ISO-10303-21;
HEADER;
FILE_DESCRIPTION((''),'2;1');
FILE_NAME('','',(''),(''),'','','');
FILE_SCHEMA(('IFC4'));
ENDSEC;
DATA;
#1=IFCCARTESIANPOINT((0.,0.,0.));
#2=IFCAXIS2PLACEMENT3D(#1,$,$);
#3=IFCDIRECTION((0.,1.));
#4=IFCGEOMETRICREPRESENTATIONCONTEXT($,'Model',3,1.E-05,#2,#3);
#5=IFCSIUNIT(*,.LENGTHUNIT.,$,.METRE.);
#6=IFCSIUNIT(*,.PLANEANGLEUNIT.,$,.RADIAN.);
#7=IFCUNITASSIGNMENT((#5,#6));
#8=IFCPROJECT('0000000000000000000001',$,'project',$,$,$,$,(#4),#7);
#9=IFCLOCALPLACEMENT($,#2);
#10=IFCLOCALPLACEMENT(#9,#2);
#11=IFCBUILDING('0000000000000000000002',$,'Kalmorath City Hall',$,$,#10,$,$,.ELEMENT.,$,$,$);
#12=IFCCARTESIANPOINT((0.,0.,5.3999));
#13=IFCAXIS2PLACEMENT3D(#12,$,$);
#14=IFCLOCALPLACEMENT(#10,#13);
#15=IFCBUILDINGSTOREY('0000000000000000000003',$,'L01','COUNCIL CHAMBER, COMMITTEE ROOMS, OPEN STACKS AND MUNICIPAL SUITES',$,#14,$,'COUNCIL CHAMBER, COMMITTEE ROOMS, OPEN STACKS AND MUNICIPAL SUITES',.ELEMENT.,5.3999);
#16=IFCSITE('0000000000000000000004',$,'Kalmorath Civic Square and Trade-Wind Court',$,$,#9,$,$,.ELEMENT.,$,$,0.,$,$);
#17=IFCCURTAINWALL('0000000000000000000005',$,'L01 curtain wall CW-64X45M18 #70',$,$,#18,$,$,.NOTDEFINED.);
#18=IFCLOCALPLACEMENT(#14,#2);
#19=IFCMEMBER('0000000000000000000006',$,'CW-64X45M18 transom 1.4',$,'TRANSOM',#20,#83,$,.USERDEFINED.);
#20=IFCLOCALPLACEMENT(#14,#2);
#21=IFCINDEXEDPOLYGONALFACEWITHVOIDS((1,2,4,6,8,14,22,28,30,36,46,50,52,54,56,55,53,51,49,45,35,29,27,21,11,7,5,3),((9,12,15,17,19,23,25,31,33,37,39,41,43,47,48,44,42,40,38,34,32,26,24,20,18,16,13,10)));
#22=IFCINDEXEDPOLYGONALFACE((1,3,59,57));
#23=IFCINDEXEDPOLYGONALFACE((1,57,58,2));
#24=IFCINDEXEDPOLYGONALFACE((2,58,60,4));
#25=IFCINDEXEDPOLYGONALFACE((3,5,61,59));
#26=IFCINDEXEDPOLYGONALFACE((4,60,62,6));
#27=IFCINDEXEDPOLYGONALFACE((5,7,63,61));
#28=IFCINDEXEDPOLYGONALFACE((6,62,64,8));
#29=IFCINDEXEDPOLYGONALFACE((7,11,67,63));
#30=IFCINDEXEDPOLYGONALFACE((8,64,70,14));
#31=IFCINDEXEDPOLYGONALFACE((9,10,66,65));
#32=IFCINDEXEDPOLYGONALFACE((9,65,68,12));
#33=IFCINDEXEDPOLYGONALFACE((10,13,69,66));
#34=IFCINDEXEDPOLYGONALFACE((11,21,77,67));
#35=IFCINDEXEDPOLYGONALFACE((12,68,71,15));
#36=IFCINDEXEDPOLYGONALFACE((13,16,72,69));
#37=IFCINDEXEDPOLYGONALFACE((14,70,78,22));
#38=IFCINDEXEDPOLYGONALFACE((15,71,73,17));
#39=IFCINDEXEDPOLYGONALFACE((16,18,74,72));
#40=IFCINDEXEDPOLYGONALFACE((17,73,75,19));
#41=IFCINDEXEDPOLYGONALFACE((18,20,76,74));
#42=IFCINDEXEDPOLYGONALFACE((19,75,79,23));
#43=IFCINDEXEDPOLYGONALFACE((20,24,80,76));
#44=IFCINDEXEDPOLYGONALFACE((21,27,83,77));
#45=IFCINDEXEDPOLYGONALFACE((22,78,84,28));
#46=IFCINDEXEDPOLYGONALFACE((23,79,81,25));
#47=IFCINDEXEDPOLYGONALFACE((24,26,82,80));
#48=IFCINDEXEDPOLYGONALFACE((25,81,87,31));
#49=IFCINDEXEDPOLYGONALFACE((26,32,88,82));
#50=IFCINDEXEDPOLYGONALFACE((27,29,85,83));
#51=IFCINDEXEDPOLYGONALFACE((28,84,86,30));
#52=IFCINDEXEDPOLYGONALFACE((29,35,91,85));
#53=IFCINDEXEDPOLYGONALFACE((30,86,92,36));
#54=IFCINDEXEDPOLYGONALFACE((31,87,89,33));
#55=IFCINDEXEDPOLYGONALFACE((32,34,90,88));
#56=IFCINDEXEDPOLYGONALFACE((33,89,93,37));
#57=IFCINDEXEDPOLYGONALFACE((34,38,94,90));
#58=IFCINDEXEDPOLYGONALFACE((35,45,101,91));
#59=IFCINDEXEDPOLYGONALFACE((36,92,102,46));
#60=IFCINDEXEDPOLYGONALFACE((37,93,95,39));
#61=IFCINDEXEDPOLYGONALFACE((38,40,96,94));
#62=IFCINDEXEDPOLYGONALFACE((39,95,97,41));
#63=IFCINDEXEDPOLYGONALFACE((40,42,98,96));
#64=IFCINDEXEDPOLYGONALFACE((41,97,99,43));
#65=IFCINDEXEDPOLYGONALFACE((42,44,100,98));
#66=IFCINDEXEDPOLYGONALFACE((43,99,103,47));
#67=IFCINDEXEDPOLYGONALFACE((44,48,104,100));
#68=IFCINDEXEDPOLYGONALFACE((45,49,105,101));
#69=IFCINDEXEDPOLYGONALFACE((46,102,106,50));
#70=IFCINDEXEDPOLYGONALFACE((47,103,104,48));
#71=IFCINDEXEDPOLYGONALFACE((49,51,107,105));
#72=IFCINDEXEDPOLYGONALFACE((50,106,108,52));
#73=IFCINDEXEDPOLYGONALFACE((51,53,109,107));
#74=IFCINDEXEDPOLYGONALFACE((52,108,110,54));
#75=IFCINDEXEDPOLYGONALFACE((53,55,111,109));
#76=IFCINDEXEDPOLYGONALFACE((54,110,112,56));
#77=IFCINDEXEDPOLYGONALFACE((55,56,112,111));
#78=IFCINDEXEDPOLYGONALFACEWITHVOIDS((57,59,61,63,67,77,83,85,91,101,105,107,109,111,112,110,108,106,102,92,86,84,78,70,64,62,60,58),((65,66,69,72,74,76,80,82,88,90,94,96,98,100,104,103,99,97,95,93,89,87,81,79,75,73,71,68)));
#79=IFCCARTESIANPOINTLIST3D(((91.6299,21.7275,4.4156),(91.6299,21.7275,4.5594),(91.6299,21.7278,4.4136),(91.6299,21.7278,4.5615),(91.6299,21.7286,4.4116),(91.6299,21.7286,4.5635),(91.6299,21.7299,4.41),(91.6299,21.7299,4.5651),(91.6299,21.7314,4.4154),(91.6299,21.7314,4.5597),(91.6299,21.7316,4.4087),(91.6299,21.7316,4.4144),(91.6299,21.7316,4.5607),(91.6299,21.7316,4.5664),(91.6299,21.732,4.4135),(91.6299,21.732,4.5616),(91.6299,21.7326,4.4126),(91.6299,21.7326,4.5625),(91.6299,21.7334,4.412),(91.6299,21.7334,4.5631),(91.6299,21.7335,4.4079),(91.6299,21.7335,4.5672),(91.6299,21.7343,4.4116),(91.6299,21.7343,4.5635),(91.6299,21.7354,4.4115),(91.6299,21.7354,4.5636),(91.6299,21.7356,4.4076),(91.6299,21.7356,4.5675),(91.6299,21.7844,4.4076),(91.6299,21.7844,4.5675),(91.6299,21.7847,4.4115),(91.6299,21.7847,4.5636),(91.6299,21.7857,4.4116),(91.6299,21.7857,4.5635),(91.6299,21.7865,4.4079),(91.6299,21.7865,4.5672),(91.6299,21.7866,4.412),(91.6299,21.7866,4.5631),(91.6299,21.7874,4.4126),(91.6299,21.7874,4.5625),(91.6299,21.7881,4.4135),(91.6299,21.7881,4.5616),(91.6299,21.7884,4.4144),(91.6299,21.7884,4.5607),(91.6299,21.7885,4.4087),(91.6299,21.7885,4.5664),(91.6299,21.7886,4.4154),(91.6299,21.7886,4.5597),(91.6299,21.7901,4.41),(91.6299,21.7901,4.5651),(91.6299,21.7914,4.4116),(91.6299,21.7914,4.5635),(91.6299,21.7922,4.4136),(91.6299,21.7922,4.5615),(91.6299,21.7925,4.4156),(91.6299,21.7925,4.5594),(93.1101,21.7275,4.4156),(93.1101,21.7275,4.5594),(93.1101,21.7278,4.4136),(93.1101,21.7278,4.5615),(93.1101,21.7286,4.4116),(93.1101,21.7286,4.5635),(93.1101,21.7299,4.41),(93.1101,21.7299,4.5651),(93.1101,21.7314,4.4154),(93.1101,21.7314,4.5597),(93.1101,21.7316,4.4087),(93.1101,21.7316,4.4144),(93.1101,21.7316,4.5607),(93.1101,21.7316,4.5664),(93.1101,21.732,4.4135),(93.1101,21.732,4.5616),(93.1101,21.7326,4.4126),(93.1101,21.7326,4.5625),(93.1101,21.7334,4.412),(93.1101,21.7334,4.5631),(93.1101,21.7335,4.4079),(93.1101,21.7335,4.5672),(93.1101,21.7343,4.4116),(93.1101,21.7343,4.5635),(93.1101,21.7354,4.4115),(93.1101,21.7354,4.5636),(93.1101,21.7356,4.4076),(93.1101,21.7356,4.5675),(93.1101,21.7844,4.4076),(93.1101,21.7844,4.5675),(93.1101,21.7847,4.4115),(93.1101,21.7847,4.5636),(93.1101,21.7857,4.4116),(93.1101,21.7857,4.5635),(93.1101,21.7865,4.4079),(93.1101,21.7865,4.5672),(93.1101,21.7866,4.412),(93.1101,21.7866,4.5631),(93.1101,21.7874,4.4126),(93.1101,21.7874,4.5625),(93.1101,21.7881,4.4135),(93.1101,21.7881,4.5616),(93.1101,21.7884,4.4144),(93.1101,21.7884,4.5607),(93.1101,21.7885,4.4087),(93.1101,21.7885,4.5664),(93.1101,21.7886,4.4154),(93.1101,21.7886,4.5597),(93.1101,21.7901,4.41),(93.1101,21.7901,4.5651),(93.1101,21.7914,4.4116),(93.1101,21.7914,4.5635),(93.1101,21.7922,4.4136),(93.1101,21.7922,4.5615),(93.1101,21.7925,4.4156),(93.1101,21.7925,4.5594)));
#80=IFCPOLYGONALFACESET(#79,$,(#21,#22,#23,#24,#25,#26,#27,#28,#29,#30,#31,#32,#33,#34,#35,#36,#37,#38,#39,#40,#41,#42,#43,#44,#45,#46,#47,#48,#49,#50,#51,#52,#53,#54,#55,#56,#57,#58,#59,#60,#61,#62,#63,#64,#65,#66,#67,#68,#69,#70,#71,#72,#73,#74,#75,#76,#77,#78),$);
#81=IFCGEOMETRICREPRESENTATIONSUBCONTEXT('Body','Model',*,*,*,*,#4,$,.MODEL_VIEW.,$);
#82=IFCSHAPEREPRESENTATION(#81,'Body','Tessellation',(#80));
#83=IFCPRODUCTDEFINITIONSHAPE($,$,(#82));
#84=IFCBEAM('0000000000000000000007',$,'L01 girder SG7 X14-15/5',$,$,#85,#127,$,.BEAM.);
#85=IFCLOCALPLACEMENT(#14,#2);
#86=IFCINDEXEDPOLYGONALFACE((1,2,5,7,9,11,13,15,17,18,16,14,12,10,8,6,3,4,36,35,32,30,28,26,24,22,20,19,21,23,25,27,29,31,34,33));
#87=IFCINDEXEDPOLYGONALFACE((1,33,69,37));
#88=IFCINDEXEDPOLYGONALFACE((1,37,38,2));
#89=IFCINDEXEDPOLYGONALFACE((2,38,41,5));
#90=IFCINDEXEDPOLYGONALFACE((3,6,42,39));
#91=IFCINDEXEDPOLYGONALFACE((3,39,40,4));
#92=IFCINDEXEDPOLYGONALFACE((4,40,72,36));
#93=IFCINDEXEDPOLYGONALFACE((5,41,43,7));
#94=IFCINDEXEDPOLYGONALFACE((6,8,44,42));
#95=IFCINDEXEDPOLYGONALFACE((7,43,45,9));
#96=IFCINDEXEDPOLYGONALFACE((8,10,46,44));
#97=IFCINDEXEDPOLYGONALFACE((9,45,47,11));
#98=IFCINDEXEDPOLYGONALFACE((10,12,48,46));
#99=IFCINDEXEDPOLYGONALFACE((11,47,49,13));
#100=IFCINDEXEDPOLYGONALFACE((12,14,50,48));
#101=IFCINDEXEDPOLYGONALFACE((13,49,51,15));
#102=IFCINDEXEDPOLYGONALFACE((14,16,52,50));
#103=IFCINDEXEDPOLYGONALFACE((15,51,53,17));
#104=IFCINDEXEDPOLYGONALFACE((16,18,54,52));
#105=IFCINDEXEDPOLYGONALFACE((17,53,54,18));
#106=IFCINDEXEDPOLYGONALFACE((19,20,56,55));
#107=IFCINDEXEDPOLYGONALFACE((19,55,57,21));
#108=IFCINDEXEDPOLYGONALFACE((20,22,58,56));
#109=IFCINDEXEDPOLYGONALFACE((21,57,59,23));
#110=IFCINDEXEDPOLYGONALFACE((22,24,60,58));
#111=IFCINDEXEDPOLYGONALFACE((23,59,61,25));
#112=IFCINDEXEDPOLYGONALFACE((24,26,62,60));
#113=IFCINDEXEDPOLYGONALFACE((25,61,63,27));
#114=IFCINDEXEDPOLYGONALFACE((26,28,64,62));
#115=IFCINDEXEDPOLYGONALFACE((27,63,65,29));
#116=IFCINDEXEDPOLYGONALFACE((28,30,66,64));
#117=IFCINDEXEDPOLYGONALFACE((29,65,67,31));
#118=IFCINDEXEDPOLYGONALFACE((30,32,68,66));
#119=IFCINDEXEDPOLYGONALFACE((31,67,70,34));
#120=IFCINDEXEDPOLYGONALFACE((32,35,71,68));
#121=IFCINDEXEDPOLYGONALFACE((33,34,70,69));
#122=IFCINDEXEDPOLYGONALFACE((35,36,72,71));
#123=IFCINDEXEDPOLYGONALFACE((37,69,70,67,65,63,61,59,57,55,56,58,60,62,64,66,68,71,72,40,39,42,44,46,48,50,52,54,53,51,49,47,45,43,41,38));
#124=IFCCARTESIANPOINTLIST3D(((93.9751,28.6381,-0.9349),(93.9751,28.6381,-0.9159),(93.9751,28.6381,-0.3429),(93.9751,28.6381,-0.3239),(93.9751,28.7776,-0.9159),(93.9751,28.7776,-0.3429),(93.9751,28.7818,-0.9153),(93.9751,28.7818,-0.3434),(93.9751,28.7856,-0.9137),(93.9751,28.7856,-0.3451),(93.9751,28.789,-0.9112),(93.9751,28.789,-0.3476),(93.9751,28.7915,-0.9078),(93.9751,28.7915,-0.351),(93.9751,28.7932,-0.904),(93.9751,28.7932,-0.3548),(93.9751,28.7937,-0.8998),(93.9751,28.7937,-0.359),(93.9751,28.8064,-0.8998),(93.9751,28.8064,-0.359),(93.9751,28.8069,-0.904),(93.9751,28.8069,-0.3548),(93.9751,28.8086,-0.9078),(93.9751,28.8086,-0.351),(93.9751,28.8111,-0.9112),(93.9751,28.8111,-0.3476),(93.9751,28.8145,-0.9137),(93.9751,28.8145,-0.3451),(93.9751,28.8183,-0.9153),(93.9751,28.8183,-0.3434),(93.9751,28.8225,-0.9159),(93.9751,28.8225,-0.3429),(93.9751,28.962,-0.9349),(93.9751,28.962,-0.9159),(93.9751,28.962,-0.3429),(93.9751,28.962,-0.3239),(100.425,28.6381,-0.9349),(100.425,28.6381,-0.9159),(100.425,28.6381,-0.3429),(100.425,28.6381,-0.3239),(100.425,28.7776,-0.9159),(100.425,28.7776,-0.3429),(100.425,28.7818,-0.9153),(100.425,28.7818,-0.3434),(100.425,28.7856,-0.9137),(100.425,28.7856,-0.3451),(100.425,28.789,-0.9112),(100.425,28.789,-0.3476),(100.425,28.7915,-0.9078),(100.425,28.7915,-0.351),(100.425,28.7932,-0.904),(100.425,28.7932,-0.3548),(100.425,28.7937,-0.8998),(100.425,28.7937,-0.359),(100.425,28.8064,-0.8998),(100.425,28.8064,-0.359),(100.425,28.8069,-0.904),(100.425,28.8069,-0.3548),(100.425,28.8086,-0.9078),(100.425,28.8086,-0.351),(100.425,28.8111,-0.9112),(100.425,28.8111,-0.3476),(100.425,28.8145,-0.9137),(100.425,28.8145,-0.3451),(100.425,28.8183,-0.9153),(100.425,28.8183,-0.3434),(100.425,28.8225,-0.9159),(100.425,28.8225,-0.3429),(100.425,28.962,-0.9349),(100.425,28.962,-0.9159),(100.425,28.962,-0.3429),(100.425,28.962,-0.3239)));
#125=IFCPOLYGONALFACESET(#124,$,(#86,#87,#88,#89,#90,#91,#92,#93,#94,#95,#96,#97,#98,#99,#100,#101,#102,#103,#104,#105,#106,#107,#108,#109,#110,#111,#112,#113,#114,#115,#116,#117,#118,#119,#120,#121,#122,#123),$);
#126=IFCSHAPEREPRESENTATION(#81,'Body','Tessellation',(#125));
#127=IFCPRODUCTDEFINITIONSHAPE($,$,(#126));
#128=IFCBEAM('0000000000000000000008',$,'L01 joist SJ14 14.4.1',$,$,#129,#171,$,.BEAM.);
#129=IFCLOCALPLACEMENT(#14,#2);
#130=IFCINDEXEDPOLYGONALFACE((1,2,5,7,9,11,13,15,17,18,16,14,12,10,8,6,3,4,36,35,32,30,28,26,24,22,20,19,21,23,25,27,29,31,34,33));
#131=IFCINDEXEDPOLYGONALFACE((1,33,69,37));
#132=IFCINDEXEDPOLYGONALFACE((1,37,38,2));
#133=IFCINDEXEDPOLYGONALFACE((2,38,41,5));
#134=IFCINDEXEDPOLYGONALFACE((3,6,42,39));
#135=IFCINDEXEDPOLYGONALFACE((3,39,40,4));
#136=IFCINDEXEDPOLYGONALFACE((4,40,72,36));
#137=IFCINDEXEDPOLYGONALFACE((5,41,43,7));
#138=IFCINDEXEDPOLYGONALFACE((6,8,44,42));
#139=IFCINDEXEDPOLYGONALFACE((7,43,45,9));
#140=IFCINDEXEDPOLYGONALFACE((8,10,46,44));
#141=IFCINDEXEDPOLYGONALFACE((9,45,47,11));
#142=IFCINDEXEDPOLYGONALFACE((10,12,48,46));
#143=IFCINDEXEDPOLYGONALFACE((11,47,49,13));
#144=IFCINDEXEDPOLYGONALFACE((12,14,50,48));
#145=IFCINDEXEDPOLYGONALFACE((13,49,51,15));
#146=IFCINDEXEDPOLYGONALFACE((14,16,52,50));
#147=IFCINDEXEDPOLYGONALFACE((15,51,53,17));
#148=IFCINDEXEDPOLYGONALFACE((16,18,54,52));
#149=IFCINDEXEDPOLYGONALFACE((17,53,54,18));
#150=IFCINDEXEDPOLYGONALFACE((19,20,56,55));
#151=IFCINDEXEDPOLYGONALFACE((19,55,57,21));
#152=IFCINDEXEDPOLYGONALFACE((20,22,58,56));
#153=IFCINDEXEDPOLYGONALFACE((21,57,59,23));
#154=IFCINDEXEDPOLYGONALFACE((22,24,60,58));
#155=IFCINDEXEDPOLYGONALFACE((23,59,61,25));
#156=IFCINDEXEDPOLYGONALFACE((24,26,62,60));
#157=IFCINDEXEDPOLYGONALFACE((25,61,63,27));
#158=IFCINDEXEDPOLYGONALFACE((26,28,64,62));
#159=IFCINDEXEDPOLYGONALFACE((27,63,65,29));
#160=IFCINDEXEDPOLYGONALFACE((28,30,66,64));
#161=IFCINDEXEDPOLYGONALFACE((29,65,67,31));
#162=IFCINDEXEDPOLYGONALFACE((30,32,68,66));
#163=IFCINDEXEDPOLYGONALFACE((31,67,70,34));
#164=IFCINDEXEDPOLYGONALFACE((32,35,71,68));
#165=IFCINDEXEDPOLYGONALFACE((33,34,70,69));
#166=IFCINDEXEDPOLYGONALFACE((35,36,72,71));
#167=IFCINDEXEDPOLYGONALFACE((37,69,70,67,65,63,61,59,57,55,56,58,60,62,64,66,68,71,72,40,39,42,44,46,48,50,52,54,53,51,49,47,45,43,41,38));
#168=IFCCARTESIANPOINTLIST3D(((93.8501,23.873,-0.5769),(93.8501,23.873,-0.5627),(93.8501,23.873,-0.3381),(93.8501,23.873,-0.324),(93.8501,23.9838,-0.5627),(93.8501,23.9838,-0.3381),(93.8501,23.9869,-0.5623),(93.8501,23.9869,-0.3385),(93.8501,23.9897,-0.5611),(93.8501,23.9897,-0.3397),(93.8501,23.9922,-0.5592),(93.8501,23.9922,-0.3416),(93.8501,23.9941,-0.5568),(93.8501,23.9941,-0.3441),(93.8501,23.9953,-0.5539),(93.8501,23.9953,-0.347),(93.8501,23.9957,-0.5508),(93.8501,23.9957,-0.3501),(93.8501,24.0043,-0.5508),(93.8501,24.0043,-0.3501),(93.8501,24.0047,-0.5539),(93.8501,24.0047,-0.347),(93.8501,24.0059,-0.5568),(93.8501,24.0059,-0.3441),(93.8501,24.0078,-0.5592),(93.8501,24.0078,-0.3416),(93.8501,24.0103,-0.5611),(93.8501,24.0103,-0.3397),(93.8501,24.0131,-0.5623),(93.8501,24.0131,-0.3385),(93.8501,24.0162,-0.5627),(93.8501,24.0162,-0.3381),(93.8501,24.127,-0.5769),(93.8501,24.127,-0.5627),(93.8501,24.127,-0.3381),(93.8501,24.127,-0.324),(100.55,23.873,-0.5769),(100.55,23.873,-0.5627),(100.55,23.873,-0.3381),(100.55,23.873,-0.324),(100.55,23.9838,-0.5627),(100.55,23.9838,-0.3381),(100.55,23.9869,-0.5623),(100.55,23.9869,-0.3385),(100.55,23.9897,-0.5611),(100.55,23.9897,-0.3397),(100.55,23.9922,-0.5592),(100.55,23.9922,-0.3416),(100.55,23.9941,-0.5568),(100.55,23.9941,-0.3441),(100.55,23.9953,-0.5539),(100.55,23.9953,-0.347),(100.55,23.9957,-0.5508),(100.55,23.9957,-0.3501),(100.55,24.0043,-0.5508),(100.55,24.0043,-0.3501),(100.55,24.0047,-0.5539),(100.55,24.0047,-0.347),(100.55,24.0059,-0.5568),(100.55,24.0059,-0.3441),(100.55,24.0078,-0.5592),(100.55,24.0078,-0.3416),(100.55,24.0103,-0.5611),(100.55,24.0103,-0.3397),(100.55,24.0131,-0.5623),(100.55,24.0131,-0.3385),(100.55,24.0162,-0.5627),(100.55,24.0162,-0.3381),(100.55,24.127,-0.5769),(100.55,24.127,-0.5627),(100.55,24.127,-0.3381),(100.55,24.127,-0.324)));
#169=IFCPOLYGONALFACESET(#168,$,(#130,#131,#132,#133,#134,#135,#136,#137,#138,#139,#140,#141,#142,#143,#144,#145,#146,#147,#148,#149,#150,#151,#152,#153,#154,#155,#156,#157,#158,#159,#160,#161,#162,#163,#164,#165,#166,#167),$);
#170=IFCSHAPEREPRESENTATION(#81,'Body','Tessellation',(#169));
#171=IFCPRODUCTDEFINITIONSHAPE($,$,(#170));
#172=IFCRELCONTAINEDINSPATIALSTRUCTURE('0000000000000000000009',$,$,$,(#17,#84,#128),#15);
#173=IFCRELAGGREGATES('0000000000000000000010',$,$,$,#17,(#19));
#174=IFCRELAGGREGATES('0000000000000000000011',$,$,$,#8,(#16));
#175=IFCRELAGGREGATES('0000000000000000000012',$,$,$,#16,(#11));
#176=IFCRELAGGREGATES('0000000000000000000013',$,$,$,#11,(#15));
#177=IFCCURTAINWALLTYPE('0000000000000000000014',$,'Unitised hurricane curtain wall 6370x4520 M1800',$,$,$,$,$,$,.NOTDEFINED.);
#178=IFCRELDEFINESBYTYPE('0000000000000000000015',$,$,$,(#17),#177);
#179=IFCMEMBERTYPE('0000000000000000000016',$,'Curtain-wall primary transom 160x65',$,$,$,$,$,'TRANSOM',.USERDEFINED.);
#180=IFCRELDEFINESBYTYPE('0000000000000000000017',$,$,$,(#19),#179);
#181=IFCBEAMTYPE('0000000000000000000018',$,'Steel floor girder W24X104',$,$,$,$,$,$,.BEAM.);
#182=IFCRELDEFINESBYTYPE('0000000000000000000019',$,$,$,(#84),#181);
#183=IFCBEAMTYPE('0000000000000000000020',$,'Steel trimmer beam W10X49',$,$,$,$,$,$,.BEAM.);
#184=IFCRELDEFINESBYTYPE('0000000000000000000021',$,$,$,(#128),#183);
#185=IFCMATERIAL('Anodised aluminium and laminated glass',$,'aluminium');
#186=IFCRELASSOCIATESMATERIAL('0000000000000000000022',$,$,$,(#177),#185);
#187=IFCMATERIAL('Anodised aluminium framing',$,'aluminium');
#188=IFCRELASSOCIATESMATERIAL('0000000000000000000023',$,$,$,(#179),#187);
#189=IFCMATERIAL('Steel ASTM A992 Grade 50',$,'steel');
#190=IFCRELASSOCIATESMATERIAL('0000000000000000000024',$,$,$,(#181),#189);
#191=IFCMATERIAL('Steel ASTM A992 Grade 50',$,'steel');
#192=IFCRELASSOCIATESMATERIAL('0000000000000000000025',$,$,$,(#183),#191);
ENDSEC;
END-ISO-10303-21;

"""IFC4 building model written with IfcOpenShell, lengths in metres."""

from ifc_helpers import new_model, si_unit, direction, frame, origin, origin_2d, place, context, subcontext, project, spatial, hollow_rectangle, i_section, extrude, material, material_profile, profile_set, type_object, element, aggregate, save


model = new_model("IFC4")

# Units and contexts
model_context = context("Model", 3, precision=1e-05, world=origin(), true_north=direction((0.0, 1.0)))
body_context = subcontext(model_context, "Body", "Model", "MODEL_VIEW")
ifc_project = project(units=[si_unit("LENGTHUNIT", "METRE"), si_unit("PLANEANGLEUNIT", "RADIAN")], contexts=[model_context])

# Site, building, storey
site_placement = place(None, origin())
site = spatial("IfcSite", under=ifc_project, at=site_placement, Name="Kalmorath Civic Square and Trade-Wind Court", CompositionType="ELEMENT", RefElevation=0.0)
building_placement = place(site_placement, origin())
building = spatial("IfcBuilding", under=site, at=building_placement, Name="Kalmorath City Hall", CompositionType="ELEMENT")
storey_placement = place(building_placement, frame((0.0, 0.0, 5.3999)))
storey = spatial("IfcBuildingStorey", under=building, at=storey_placement, Name="L01", Description="COUNCIL CHAMBER, COMMITTEE ROOMS, OPEN STACKS AND MUNICIPAL SUITES", LongName="COUNCIL CHAMBER, COMMITTEE ROOMS, OPEN STACKS AND MUNICIPAL SUITES", CompositionType="ELEMENT", Elevation=5.3999)

# Curtain wall
ifc_material_1 = material(Name="Anodised aluminium and laminated glass", Category="aluminium")
curtain_wall_type_1 = type_object("IfcCurtainWallType", Name="Unitised hurricane curtain wall 6370x4520 M1800", PredefinedType="NOTDEFINED", material=ifc_material_1)
curtain_wall_1_placement = place(storey_placement, origin())
curtain_wall_1 = element("IfcCurtainWall", 1, at=curtain_wall_1_placement, inside=storey, type_object=curtain_wall_type_1, Name="L01 curtain wall CW-64X45M18 #70", PredefinedType="NOTDEFINED")

# Member
ifc_material_2 = material(Name="Anodised aluminium framing", Category="aluminium")
ifc_material_profile_1 = material_profile(ifc_material_2, hollow_rectangle(XDim=0.0649, YDim=0.1599, WallThickness=0.0039, InnerFilletRadius=0.0039, OuterFilletRadius=0.0081, at=origin_2d()), Name="ALU-TRN-160X65X4")
ifc_profile_set_1 = profile_set([ifc_material_profile_1], Name="Anodised aluminium framing")
member_type_1 = type_object("IfcMemberType", Name="Curtain-wall primary transom 160x65", ElementType="TRANSOM", PredefinedType="USERDEFINED", material=ifc_profile_set_1)
member_1_placement = place(storey_placement, frame((93.1101, 21.76, 4.4875), z_axis=(-1.0, 0.0, 0.0), x_axis=(0.0, -1.0, 0.0)))
member_1 = element("IfcMember", 2, at=member_1_placement, type_object=member_type_1, Name="CW-64X45M18 transom 1.4", ObjectType="TRANSOM", PredefinedType="USERDEFINED", context=body_context, shape_type="SweptSolid", body=[
    extrude(hollow_rectangle(XDim=0.0649, YDim=0.1599, WallThickness=0.0039, InnerFilletRadius=0.0039, OuterFilletRadius=0.0081, at=origin_2d()), origin(), (0.0, 0.0, 1.0), 1.4802),
])
aggregate(curtain_wall_1, [member_1])

# Beams
ifc_material_3 = material(Name="Steel ASTM A992 Grade 50", Category="steel")
ifc_material_profile_2 = material_profile(ifc_material_3, i_section(OverallWidth=0.324, OverallDepth=0.6111, WebThickness=0.0127, FlangeThickness=0.019, FilletRadius=0.0161, at=origin_2d()), Name="W24X104")
ifc_profile_set_2 = profile_set([ifc_material_profile_2], Name="Steel ASTM A992 Grade 50")
beam_type_1 = type_object("IfcBeamType", Name="Steel floor girder W24X104", PredefinedType="BEAM", material=ifc_profile_set_2)
beam_1_placement = place(storey_placement, frame((93.9751, 28.8, -0.6294), z_axis=(1.0, 0.0, 0.0), x_axis=(0.0, 1.0, 0.0)))
element("IfcBeam", 3, at=beam_1_placement, inside=storey, type_object=beam_type_1, Name="L01 girder SG7 X14-15/5", PredefinedType="BEAM", context=body_context, shape_type="SweptSolid", body=[
    extrude(i_section(OverallWidth=0.324, OverallDepth=0.6111, WebThickness=0.0127, FlangeThickness=0.019, FilletRadius=0.0161, at=origin_2d()), origin(), (0.0, 0.0, 1.0), 6.45),
])
ifc_material_4 = material(Name="Steel ASTM A992 Grade 50", Category="steel")
ifc_material_profile_3 = material_profile(ifc_material_4, i_section(OverallWidth=0.2539, OverallDepth=0.2529, WebThickness=0.0085, FlangeThickness=0.0142, FilletRadius=0.012, at=origin_2d()), Name="W10X49")
ifc_profile_set_3 = profile_set([ifc_material_profile_3], Name="Steel ASTM A992 Grade 50")
beam_type_2 = type_object("IfcBeamType", Name="Steel trimmer beam W10X49", PredefinedType="BEAM", material=ifc_profile_set_3)
for number, where, z_axis, x_axis, name in (
    (4, (93.8501, 24.0, -0.4504), (1.0, 0.0, 0.0), (0.0, 1.0, 0.0), "L01 joist SJ14 14.4.1"),
):
    element("IfcBeam", number, at=place(storey_placement, frame(where, z_axis=z_axis, x_axis=x_axis)), inside=storey, type_object=beam_type_2, Name=name, PredefinedType="BEAM", context=body_context, shape_type="SweptSolid", body=[
        extrude(i_section(OverallWidth=0.2539, OverallDepth=0.2529, WebThickness=0.0085, FlangeThickness=0.0142, FilletRadius=0.012, at=origin_2d()), origin(), (0.0, 0.0, 1.0), 6.7),
    ])

save(model, "model.ifc")
